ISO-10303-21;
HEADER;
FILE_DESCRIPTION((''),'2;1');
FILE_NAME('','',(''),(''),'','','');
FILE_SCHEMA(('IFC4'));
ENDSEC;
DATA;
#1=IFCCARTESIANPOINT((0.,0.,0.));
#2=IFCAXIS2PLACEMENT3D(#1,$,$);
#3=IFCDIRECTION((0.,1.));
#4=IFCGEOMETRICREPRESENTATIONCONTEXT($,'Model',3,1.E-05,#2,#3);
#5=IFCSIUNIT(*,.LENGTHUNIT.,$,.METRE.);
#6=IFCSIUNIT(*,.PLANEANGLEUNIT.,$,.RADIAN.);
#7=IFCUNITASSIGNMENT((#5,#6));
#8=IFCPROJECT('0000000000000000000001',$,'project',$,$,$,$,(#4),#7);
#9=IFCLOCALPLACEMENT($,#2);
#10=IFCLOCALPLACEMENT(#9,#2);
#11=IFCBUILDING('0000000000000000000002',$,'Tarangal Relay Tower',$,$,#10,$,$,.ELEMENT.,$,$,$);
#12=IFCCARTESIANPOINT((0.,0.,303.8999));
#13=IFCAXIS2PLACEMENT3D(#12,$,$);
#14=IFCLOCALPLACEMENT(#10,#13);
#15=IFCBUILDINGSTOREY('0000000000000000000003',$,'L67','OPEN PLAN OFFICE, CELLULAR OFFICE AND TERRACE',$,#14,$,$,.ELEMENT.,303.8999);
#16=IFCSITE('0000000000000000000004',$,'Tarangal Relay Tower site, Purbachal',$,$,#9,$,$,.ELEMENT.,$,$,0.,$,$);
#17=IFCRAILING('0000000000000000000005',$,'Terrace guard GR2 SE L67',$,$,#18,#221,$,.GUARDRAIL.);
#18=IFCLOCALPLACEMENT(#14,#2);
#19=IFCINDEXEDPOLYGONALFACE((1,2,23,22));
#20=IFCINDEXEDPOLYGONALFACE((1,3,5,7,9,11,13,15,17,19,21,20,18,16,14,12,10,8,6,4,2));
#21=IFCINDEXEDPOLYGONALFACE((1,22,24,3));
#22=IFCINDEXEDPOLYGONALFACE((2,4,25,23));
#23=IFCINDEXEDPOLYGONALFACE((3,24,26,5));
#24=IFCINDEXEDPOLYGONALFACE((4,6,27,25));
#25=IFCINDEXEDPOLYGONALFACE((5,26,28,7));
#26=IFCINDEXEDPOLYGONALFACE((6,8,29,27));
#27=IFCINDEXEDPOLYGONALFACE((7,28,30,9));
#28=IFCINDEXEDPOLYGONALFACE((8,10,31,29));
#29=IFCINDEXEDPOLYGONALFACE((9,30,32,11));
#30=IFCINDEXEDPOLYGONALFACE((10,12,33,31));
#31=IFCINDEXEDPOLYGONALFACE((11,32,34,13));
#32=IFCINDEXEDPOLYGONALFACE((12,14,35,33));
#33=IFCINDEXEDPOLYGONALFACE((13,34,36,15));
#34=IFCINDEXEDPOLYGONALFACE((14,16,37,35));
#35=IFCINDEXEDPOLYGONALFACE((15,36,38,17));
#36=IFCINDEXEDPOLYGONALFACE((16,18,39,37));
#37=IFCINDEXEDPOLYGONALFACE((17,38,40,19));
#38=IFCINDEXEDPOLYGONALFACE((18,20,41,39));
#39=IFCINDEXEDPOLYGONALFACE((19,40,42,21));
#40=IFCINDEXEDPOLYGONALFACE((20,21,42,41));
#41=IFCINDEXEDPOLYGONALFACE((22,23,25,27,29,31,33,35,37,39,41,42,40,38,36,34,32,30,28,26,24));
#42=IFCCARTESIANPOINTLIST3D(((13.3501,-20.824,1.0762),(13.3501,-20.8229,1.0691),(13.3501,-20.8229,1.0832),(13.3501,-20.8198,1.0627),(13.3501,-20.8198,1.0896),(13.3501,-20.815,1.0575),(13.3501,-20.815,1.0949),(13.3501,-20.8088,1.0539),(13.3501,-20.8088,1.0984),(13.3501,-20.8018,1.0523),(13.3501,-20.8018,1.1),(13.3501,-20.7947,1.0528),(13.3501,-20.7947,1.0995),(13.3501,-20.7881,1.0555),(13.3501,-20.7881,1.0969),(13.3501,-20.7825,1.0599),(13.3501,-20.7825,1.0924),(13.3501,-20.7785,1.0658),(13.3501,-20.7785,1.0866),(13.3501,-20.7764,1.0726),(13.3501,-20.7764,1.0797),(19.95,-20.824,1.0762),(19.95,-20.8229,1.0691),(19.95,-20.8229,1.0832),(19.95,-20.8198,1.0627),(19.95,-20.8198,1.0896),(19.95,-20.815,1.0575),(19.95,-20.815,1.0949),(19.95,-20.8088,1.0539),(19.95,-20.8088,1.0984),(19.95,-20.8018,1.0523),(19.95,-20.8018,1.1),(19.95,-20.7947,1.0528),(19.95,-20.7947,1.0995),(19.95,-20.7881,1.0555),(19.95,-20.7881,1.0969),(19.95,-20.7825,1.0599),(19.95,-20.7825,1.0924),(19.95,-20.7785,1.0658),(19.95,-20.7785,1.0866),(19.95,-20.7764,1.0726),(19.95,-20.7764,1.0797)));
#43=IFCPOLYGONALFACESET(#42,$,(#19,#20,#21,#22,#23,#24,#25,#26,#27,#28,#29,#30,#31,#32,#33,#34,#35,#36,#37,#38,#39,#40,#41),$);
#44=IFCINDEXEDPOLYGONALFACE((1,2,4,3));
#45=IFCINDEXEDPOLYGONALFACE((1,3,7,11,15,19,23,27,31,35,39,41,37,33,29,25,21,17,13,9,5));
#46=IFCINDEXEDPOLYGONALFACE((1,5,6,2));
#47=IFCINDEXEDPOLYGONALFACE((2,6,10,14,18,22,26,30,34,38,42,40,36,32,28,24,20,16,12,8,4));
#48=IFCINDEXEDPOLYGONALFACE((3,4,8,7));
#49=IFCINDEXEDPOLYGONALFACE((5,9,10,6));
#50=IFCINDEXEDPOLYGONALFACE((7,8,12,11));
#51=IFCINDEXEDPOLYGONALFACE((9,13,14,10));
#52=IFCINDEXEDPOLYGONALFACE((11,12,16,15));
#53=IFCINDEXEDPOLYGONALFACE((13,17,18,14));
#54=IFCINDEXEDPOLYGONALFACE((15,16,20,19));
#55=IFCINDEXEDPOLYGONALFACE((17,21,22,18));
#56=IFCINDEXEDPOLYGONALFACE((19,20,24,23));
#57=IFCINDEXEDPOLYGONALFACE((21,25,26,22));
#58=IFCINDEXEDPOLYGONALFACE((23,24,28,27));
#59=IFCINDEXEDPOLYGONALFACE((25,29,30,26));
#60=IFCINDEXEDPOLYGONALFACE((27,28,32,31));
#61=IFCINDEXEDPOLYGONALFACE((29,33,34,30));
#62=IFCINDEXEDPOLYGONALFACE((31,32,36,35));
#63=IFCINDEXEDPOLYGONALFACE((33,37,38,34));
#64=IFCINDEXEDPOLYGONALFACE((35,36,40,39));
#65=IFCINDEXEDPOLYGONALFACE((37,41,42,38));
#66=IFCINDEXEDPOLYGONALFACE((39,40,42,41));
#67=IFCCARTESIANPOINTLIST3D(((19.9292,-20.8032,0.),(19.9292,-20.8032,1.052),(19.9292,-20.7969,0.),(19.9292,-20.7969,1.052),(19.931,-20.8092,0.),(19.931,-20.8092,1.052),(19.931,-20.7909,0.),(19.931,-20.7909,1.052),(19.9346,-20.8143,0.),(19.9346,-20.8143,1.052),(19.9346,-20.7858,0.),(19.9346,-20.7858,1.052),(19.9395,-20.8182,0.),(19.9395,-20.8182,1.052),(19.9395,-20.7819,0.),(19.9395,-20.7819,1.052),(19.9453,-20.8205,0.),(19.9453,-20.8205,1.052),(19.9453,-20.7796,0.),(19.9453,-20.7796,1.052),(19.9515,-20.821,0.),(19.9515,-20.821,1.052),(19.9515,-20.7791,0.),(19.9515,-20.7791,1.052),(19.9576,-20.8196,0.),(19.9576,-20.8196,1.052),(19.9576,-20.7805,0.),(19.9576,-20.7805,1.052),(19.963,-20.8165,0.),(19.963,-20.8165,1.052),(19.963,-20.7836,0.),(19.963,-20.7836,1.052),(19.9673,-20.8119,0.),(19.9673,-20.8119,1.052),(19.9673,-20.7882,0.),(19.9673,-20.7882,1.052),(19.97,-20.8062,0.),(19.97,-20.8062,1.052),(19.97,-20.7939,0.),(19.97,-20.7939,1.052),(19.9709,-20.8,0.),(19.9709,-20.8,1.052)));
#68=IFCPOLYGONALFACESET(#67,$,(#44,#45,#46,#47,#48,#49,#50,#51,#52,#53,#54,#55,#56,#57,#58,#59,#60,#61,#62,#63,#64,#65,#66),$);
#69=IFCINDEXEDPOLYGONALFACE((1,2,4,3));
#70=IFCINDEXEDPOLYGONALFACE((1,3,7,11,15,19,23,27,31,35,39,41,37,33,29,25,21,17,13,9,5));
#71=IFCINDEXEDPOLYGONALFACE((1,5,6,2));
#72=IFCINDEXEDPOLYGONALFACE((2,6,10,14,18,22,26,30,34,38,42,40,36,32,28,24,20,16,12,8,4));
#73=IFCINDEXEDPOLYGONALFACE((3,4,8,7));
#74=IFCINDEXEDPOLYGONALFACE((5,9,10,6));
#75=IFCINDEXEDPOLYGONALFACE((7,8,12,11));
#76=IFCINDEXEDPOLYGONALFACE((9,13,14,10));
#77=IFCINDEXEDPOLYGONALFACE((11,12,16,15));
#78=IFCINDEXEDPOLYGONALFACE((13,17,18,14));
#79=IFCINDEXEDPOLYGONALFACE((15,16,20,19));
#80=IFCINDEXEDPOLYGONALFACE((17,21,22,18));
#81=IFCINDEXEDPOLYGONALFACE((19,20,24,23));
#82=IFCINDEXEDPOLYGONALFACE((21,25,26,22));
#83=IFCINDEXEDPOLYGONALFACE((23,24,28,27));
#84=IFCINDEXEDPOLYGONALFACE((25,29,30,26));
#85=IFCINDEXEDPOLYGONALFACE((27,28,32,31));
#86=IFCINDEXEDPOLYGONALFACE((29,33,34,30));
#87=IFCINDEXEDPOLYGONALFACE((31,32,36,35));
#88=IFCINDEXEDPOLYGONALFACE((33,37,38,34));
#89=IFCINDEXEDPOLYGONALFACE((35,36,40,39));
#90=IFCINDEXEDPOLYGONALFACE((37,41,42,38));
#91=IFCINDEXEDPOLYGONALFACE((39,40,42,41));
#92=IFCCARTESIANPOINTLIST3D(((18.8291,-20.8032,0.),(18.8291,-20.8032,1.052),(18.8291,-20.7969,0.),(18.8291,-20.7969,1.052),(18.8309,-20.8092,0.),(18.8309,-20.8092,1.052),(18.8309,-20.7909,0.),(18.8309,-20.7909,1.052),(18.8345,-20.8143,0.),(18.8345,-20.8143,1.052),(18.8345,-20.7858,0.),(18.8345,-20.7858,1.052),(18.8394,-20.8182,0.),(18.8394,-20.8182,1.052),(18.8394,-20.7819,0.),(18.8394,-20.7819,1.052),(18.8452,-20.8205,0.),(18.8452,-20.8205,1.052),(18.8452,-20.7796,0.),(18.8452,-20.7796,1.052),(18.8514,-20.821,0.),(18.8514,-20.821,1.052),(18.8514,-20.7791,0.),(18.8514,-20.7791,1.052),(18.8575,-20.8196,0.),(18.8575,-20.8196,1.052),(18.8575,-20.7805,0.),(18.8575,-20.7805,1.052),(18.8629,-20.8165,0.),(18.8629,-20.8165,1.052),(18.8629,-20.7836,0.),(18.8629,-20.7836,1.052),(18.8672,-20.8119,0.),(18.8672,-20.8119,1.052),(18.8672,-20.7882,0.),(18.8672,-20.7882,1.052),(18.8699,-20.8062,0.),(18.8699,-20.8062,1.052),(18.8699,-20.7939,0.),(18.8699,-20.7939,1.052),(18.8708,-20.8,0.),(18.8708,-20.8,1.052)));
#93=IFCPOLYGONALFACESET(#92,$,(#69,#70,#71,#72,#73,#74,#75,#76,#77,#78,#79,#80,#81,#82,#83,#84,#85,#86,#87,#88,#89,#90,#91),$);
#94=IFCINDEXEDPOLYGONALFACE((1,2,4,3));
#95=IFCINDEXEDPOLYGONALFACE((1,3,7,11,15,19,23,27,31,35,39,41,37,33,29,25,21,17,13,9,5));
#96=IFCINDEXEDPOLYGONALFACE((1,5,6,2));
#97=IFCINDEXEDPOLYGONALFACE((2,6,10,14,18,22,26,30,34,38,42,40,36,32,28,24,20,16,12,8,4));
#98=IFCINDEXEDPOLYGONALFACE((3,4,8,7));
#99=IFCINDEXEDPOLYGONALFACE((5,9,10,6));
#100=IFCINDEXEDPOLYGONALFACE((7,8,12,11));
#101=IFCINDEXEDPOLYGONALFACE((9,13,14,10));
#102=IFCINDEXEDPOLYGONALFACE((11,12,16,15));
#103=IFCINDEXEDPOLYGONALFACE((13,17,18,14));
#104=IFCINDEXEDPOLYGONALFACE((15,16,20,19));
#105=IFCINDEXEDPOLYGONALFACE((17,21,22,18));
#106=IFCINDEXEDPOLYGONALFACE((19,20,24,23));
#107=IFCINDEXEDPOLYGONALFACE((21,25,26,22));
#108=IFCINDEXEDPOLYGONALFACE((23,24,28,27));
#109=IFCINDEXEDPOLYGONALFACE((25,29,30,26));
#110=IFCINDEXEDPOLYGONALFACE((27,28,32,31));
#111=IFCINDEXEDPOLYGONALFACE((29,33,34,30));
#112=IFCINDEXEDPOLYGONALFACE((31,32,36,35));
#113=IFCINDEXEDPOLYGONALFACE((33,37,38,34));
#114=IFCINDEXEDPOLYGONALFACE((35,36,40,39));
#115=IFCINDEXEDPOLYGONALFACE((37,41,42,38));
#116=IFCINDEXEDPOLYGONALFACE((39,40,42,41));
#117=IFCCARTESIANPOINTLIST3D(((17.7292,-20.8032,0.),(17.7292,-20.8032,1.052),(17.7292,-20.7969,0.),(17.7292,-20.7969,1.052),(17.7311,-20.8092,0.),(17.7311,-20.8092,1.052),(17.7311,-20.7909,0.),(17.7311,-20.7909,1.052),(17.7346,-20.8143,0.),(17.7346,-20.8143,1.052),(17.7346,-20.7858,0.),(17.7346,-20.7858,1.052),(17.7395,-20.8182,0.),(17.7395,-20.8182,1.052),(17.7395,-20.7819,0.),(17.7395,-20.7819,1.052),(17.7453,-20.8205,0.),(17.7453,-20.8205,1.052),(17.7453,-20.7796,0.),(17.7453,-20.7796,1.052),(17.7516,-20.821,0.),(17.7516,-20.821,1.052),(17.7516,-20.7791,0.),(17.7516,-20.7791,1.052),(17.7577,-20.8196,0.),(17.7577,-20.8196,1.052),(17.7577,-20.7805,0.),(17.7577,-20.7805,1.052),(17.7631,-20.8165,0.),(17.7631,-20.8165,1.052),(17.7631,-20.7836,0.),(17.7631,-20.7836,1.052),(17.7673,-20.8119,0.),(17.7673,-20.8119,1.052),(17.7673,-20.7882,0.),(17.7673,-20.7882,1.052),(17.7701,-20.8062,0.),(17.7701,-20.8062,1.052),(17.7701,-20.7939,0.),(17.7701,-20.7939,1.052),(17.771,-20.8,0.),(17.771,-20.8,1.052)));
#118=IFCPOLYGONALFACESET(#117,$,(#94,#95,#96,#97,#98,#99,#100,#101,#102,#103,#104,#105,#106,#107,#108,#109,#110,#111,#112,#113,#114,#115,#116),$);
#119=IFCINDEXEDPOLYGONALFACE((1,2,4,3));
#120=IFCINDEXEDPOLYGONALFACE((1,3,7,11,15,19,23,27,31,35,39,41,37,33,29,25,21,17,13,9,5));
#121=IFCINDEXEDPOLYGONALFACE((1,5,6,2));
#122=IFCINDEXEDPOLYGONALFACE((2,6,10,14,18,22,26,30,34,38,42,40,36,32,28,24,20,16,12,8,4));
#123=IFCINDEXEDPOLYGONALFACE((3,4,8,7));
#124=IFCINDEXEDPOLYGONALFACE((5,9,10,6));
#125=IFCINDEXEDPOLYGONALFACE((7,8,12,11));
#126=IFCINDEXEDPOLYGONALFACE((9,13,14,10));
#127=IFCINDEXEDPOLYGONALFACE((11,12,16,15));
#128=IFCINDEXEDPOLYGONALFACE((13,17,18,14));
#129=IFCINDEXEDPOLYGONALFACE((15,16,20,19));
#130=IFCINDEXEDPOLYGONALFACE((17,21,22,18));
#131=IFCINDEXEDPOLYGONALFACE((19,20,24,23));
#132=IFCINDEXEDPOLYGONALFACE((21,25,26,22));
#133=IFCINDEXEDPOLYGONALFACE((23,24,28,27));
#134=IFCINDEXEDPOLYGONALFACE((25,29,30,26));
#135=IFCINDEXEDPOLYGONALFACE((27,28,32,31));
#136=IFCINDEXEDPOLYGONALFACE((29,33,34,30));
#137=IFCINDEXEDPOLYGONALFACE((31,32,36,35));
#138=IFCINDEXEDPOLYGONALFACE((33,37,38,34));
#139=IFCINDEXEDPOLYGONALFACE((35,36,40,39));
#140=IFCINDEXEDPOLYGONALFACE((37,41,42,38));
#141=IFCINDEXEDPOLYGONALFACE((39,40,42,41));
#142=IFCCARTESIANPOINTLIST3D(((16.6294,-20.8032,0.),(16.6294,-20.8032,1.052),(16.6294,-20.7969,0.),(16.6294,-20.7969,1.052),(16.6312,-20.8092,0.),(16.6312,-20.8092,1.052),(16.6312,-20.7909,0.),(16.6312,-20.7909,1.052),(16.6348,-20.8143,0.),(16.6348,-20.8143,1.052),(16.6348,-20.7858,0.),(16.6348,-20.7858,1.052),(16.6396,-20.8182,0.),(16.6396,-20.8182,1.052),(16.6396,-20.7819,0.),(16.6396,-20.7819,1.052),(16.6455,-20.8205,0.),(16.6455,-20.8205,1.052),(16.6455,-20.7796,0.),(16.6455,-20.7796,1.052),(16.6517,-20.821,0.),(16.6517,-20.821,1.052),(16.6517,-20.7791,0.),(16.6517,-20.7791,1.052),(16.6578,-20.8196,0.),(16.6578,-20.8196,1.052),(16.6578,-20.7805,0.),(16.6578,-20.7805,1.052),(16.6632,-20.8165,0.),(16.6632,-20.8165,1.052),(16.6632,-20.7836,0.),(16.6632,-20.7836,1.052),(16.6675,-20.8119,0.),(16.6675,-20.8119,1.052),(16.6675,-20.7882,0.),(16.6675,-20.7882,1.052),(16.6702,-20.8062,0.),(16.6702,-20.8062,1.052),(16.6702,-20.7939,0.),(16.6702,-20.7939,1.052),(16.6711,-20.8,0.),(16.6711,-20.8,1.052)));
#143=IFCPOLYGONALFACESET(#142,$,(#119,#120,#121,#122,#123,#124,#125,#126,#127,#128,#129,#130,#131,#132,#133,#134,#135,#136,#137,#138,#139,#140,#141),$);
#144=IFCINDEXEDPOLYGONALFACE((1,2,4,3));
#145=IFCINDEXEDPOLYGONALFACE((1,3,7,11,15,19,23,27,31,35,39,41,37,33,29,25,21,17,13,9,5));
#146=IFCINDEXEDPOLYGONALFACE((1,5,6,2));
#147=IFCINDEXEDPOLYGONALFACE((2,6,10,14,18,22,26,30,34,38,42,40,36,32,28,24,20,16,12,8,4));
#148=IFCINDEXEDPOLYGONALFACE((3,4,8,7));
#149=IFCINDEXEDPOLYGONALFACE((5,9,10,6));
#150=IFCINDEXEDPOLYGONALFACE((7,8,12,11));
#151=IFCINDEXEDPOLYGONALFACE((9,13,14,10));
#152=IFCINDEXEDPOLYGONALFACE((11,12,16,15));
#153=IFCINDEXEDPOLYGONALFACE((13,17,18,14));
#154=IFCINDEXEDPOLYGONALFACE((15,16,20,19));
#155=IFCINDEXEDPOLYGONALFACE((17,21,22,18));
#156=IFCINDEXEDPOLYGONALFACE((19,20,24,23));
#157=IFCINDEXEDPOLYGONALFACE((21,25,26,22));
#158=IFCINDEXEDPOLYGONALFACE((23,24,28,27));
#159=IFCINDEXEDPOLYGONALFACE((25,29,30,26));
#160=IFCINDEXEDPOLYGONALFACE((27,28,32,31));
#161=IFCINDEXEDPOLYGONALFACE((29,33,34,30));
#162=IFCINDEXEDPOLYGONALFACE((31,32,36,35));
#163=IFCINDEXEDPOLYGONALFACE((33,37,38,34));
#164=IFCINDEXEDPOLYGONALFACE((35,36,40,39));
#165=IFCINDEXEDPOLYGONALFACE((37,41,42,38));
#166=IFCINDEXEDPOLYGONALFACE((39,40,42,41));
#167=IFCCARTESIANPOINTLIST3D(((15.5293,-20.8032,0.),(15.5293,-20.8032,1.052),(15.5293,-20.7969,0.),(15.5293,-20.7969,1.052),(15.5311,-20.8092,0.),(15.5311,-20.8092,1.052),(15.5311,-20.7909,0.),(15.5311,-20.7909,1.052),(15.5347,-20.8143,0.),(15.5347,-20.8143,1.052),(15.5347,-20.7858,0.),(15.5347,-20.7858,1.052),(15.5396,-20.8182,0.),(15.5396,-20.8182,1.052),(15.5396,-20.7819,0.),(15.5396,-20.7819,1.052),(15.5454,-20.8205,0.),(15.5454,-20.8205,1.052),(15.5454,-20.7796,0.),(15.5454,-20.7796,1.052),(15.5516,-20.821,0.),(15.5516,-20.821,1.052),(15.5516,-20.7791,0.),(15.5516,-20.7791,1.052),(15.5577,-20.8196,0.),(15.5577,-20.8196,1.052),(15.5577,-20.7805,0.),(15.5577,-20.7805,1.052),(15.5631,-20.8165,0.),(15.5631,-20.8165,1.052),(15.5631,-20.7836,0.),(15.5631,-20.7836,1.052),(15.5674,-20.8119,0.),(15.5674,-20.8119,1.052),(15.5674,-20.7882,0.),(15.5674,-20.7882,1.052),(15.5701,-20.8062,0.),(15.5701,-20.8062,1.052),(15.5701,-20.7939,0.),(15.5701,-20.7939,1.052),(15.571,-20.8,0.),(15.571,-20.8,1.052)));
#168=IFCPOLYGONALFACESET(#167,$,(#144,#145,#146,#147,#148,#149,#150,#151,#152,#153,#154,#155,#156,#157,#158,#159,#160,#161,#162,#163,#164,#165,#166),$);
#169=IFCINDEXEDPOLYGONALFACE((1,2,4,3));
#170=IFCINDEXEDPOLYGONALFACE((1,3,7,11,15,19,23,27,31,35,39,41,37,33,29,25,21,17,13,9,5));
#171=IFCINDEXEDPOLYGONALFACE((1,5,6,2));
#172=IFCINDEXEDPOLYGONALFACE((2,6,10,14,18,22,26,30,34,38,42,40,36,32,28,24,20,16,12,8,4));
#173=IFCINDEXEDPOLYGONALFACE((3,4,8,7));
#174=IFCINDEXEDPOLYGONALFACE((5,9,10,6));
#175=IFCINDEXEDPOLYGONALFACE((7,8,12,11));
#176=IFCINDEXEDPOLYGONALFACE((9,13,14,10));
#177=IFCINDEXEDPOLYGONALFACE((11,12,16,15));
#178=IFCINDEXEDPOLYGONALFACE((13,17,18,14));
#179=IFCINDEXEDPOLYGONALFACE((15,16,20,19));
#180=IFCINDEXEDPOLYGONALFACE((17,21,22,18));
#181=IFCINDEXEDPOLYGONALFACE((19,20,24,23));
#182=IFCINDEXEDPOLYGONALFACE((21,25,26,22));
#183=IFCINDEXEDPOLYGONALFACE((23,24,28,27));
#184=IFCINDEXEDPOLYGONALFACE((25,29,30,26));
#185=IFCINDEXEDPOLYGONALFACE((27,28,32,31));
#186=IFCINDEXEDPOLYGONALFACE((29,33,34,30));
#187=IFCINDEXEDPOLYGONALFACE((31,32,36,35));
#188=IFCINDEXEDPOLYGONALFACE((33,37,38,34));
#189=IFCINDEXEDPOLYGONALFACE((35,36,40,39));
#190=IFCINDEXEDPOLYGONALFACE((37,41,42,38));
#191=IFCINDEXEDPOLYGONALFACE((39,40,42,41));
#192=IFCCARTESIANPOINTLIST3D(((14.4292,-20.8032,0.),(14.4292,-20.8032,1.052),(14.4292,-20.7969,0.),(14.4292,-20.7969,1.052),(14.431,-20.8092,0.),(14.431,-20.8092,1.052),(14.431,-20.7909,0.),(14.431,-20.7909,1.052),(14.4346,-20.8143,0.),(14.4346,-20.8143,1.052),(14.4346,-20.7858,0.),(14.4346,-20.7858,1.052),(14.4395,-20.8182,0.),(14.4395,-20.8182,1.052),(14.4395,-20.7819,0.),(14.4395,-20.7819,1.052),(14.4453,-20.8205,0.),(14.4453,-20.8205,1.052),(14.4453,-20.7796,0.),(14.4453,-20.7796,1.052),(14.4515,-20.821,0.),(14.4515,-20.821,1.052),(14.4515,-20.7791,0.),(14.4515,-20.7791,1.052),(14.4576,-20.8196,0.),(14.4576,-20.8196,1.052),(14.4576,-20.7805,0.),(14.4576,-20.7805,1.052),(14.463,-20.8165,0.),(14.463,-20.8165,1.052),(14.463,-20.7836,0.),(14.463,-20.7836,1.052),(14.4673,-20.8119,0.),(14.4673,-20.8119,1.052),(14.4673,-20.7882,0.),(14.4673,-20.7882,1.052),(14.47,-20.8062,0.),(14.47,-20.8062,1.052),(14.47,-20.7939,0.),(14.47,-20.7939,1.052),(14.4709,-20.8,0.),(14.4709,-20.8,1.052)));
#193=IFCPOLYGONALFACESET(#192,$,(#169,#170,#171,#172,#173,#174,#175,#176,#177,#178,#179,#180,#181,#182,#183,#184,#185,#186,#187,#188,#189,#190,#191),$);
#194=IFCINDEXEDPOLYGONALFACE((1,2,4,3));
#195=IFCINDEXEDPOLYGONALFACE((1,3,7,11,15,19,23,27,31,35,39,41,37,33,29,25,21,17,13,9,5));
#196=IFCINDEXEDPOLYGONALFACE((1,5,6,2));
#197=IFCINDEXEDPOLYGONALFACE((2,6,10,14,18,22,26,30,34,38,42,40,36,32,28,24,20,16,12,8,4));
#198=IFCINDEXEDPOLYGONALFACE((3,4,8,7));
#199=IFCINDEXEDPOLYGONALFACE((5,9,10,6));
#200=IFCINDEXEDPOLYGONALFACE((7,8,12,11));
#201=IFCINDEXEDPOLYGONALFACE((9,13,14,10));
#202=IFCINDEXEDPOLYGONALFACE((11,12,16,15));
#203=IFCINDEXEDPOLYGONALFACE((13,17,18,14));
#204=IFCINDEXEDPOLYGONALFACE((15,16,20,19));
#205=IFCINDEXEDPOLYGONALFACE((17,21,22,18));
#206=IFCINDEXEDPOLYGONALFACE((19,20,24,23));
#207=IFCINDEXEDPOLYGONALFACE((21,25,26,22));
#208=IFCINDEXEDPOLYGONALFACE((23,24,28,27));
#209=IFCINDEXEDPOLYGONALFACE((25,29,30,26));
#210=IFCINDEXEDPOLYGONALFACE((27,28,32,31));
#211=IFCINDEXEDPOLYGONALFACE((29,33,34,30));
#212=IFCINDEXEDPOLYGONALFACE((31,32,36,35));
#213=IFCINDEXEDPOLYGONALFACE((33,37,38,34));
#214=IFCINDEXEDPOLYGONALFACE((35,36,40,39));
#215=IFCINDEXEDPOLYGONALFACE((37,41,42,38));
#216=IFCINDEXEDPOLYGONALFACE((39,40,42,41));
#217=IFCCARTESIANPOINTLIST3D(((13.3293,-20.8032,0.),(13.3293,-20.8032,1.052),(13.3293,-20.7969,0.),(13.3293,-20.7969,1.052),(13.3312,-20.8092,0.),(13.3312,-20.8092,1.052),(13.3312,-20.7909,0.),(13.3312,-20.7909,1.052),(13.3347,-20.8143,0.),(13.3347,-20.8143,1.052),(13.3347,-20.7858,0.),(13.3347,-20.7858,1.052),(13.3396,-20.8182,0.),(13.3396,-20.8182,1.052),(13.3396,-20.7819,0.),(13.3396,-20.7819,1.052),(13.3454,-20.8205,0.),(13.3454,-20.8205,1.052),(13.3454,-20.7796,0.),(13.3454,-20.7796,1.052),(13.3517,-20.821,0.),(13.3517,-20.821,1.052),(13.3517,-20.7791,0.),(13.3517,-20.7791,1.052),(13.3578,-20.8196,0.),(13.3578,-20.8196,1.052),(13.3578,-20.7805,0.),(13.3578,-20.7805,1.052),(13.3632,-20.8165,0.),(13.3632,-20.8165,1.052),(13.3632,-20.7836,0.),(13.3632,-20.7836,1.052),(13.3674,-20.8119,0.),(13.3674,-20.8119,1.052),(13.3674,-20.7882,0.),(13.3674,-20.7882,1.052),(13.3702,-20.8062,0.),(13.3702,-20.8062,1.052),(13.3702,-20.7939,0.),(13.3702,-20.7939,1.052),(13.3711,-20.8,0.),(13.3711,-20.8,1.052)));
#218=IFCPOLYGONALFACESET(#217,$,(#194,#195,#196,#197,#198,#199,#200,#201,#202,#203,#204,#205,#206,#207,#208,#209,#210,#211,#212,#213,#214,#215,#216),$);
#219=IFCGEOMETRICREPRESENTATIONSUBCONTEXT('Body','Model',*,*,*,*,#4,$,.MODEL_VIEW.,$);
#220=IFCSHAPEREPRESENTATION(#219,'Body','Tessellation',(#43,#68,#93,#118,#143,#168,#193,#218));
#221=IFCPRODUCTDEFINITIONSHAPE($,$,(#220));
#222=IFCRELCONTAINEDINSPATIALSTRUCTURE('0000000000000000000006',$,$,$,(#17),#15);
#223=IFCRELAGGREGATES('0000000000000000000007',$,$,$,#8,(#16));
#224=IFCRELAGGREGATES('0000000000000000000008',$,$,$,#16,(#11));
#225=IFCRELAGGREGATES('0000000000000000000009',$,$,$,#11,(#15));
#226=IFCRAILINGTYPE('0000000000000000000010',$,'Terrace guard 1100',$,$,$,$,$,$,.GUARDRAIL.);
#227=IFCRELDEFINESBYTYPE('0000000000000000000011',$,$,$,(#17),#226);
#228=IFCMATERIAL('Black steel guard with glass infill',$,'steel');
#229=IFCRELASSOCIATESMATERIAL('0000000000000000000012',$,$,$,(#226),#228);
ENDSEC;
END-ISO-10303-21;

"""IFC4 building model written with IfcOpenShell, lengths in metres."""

from ifc_helpers import new_model, si_unit, direction, frame, origin, origin_2d, place, context, subcontext, project, spatial, circle, extrude, material, type_object, element, save


model = new_model("IFC4")

# Units and contexts
model_context = context("Model", 3, precision=1e-05, world=origin(), true_north=direction((0.0, 1.0)))
body_context = subcontext(model_context, "Body", "Model", "MODEL_VIEW")
ifc_project = project(units=[si_unit("LENGTHUNIT", "METRE"), si_unit("PLANEANGLEUNIT", "RADIAN")], contexts=[model_context])

# Site, building, storey
site_placement = place(None, origin())
site = spatial("IfcSite", under=ifc_project, at=site_placement, Name="Tarangal Relay Tower site, Purbachal", CompositionType="ELEMENT", RefElevation=0.0)
building_placement = place(site_placement, origin())
building = spatial("IfcBuilding", under=site, at=building_placement, Name="Tarangal Relay Tower", CompositionType="ELEMENT")
storey_placement = place(building_placement, frame((0.0, 0.0, 303.8999)))
storey = spatial("IfcBuildingStorey", under=building, at=storey_placement, Name="L67", Description="OPEN PLAN OFFICE, CELLULAR OFFICE AND TERRACE", CompositionType="ELEMENT", Elevation=303.8999)

# Railing
ifc_material_1 = material(Name="Black steel guard with glass infill", Category="steel")
railing_type = type_object("IfcRailingType", Name="Terrace guard 1100", PredefinedType="GUARDRAIL", material=ifc_material_1)
railing_1_placement = place(storey_placement, frame((19.95, -20.8, 0.0)))
element("IfcRailing", 1, at=railing_1_placement, inside=storey, type_object=railing_type, Name="Terrace guard GR2 SE L67", PredefinedType="GUARDRAIL", context=body_context, shape_type="SweptSolid", body=[
    extrude(circle(Radius=0.0239, at=origin_2d()), frame((0.0, 0.0, 1.0762), z_axis=(-1.0, 0.0, 0.0), x_axis=(0.0, -1.0, 0.0)), (0.0, 0.0, 1.0), 6.5999),
    extrude(circle(Radius=0.021, at=origin_2d()), origin(), (0.0, 0.0, 1.0), 1.052),
    extrude(circle(Radius=0.021, at=origin_2d()), frame((-1.1001, 0.0, 0.0)), (0.0, 0.0, 1.0), 1.052),
    extrude(circle(Radius=0.021, at=origin_2d()), frame((-2.2, 0.0, 0.0)), (0.0, 0.0, 1.0), 1.052),
    extrude(circle(Radius=0.021, at=origin_2d()), frame((-3.2998, 0.0, 0.0)), (0.0, 0.0, 1.0), 1.052),
    extrude(circle(Radius=0.021, at=origin_2d()), frame((-4.3999, 0.0, 0.0)), (0.0, 0.0, 1.0), 1.052),
    extrude(circle(Radius=0.021, at=origin_2d()), frame((-5.5, 0.0, 0.0)), (0.0, 0.0, 1.0), 1.052),
    extrude(circle(Radius=0.021, at=origin_2d()), frame((-6.5999, 0.0, 0.0)), (0.0, 0.0, 1.0), 1.052),
])

save(model, "model.ifc")
